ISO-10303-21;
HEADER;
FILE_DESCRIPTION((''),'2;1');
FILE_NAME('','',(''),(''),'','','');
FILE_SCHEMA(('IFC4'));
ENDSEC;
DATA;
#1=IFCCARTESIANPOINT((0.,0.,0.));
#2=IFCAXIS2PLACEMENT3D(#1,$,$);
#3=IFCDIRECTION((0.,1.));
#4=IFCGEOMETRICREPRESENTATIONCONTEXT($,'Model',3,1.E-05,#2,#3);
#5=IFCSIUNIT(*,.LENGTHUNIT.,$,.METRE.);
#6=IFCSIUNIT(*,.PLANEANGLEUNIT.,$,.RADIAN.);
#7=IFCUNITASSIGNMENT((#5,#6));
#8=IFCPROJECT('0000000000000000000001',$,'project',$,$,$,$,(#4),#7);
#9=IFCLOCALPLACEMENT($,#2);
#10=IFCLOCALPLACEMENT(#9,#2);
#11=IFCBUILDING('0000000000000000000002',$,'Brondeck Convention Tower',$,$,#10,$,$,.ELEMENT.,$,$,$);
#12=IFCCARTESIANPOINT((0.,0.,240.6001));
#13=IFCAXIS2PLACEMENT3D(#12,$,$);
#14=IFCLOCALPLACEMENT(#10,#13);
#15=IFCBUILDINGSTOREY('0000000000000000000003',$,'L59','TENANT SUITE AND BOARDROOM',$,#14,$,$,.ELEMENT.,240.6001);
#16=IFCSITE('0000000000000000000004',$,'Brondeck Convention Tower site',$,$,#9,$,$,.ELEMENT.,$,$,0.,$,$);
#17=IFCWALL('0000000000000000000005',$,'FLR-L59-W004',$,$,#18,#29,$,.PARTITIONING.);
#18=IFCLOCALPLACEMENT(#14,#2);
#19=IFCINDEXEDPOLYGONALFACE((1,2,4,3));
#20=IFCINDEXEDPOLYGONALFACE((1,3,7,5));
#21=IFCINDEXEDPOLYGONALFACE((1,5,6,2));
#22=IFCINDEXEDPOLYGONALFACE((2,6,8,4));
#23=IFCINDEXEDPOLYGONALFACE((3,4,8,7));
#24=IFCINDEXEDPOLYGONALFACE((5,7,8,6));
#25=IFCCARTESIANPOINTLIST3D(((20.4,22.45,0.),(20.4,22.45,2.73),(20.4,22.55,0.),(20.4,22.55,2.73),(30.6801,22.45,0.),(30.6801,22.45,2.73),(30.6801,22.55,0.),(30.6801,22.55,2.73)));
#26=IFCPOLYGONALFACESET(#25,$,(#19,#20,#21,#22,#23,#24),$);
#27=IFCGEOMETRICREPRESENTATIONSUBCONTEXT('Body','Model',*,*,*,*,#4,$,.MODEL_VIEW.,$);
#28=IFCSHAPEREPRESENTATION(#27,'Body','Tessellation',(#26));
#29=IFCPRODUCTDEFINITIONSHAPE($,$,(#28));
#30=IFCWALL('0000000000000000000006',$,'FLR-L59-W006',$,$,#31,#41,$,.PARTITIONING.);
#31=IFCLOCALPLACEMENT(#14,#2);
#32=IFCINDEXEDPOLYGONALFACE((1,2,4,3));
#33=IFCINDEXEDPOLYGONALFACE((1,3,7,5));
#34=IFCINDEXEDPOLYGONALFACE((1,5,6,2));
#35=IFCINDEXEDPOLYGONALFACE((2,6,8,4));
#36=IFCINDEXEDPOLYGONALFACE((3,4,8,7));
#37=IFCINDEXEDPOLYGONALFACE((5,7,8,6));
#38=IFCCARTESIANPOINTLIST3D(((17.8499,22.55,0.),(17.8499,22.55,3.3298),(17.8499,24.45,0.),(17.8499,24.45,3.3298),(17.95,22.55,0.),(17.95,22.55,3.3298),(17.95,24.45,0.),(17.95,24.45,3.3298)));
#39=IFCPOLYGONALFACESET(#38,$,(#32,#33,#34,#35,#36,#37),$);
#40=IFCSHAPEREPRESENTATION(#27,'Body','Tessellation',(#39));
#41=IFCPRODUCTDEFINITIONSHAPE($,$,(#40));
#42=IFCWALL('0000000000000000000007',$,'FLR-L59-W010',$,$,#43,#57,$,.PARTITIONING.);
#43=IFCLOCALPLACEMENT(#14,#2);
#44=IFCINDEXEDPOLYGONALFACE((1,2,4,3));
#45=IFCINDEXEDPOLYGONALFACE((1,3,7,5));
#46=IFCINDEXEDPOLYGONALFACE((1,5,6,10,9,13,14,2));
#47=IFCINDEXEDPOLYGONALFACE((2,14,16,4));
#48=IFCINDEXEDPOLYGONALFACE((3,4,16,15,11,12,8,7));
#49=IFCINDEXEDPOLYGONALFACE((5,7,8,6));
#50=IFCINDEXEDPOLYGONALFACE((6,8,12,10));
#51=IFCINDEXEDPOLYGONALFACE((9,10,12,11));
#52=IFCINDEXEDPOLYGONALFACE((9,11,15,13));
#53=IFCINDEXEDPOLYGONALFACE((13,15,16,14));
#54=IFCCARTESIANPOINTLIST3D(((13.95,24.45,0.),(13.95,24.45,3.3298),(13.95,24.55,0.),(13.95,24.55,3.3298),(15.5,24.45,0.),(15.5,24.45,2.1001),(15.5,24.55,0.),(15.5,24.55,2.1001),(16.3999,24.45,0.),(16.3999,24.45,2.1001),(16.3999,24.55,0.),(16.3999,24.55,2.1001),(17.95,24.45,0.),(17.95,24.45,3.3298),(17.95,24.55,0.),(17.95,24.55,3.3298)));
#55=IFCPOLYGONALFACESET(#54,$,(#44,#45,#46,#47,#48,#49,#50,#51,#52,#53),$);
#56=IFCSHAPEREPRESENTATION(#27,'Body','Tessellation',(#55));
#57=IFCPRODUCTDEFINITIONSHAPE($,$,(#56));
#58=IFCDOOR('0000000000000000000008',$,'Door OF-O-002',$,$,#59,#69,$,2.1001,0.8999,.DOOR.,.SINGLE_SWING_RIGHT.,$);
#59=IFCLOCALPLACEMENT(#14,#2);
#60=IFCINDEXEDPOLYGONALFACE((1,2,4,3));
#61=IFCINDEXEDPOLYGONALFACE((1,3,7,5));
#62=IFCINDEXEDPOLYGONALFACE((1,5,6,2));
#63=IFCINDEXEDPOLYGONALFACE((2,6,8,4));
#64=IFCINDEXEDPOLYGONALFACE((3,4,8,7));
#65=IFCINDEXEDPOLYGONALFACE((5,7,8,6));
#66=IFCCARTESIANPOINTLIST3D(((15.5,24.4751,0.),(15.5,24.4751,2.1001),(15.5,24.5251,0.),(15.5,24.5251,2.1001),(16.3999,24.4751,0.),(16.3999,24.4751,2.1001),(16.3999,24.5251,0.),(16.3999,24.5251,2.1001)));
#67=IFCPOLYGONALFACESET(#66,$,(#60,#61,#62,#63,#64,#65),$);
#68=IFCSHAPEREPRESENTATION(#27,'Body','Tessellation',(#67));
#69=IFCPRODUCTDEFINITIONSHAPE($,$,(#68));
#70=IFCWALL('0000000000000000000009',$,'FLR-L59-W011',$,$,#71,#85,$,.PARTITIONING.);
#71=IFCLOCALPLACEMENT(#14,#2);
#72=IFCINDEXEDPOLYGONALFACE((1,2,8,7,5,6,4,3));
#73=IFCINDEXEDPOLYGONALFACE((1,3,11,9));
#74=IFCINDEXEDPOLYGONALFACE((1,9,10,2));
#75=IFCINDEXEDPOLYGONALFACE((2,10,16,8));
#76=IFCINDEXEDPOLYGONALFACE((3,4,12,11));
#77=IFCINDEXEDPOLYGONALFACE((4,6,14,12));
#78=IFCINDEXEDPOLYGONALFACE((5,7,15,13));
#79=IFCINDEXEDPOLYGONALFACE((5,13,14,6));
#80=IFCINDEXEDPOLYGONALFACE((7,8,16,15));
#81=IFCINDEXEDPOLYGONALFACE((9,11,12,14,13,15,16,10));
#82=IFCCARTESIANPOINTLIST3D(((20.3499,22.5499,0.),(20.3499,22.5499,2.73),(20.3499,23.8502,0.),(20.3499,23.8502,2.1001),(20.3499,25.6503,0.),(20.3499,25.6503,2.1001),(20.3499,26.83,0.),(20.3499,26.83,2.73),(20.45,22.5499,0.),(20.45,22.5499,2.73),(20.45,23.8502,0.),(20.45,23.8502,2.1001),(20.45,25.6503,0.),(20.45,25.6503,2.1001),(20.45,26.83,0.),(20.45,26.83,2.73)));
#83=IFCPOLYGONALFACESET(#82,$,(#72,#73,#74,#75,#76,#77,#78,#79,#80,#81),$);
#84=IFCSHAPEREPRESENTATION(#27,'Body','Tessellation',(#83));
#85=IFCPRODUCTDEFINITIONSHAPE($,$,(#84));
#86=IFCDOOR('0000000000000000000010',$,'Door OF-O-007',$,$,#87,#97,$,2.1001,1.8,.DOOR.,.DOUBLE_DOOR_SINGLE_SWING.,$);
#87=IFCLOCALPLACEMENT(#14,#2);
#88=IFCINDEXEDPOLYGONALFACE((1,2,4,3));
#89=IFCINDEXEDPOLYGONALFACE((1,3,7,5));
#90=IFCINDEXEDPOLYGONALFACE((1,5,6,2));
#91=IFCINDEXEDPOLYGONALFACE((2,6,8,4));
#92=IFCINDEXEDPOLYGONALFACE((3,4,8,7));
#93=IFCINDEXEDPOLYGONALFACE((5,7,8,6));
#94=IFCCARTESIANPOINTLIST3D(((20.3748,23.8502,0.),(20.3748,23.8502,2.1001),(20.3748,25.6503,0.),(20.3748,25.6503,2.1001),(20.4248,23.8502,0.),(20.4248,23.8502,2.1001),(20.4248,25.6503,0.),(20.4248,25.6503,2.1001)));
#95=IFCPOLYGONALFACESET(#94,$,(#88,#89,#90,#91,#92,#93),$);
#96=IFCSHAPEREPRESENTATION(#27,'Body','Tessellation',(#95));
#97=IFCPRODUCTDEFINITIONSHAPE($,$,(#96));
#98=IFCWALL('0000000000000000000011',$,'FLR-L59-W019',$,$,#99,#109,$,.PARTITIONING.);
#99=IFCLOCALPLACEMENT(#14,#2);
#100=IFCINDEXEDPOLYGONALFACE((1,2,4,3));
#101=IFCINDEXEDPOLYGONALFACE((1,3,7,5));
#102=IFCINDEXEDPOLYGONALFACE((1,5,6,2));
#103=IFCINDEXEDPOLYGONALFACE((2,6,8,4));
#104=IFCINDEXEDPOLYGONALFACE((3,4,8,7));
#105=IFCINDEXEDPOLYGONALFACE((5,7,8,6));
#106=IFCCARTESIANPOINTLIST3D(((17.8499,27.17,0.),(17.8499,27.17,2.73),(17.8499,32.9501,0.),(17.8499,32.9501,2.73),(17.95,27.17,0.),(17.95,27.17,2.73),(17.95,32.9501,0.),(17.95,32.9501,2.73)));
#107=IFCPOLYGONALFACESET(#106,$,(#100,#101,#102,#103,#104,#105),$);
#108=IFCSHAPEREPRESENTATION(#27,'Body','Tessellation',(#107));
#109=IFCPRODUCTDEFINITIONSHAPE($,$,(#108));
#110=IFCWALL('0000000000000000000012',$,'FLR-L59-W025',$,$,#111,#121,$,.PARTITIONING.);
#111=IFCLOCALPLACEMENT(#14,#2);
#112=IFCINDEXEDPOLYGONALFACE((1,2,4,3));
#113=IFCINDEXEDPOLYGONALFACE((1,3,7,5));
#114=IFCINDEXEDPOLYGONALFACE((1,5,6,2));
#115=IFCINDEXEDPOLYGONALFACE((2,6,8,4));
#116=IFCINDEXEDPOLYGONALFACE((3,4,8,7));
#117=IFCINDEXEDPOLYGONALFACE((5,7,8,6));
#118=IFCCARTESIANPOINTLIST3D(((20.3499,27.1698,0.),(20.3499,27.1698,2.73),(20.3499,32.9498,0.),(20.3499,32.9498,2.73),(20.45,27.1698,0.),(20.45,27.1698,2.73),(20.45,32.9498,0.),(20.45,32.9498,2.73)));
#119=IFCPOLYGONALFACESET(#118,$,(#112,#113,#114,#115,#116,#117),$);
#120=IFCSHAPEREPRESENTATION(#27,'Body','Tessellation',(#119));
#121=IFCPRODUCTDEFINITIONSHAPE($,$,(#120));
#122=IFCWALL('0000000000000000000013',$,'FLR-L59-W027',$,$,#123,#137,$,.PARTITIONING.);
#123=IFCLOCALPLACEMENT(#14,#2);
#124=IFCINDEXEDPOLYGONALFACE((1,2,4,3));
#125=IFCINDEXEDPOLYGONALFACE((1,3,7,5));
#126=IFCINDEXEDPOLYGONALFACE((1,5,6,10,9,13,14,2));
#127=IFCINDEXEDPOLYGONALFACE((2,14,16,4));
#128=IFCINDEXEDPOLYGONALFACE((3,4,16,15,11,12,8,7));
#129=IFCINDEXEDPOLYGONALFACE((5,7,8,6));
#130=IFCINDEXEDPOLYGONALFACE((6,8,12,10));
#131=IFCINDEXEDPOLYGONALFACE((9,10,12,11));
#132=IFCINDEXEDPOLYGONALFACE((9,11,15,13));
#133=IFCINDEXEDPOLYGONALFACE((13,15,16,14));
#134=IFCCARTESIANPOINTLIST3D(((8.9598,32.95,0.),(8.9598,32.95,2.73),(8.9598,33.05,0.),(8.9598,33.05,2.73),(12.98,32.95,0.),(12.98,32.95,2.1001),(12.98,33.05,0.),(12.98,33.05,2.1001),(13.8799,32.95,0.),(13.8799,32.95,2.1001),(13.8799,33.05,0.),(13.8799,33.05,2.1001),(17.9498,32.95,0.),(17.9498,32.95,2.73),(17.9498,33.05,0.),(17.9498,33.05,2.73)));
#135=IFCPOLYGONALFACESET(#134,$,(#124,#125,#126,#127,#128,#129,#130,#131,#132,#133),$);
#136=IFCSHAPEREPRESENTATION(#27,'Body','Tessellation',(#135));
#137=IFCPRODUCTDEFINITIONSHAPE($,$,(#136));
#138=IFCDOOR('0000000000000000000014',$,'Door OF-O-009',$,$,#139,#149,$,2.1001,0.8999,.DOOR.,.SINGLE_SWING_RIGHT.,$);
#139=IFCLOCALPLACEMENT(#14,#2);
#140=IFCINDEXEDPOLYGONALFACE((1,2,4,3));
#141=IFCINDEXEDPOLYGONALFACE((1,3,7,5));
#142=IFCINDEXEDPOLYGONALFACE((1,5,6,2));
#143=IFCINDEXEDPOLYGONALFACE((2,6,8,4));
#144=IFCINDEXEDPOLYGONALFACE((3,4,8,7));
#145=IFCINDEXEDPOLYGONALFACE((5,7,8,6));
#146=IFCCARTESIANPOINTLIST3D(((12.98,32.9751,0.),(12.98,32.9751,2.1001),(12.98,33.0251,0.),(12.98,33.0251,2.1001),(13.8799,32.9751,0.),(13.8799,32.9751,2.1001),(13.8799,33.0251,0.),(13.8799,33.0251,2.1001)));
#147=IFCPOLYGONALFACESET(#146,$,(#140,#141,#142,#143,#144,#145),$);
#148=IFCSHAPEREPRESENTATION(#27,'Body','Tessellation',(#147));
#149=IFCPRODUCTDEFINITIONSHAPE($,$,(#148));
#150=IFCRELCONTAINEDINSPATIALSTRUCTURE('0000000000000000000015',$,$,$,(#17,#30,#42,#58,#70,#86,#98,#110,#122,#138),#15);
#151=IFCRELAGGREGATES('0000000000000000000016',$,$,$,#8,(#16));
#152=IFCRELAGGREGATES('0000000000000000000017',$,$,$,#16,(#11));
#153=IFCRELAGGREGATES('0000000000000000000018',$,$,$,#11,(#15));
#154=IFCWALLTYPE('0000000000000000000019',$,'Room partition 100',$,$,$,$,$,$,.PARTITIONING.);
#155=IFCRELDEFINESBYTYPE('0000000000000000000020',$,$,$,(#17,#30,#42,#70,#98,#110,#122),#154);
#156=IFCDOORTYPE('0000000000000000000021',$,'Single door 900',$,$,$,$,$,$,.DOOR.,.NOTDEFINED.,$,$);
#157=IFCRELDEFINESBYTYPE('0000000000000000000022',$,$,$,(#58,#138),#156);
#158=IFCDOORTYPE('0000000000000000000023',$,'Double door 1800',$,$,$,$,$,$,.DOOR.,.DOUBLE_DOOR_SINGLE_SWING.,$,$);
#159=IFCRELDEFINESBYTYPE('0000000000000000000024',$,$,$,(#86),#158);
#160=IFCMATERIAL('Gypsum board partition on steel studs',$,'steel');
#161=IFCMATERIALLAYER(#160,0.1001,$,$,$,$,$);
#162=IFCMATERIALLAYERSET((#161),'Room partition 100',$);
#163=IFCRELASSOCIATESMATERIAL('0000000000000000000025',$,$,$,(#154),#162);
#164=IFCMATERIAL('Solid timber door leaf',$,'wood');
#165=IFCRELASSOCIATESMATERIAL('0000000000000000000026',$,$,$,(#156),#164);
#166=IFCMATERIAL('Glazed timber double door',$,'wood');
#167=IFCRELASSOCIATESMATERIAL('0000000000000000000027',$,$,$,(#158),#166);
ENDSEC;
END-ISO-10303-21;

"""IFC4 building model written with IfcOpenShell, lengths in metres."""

from ifc_helpers import new_model, si_unit, direction, frame, frame_2d, origin, place, context, subcontext, project, spatial, rectangle, extrude, material, layer, layer_set, type_object, element, fill, save


model = new_model("IFC4")

# Units and contexts
model_context = context("Model", 3, precision=1e-05, world=origin(), true_north=direction((0.0, 1.0)))
body_context = subcontext(model_context, "Body", "Model", "MODEL_VIEW")
ifc_project = project(units=[si_unit("LENGTHUNIT", "METRE"), si_unit("PLANEANGLEUNIT", "RADIAN")], contexts=[model_context])

# Site, building, storey
site_placement = place(None, origin())
site = spatial("IfcSite", under=ifc_project, at=site_placement, Name="Brondeck Convention Tower site", CompositionType="ELEMENT", RefElevation=0.0)
building_placement = place(site_placement, origin())
building = spatial("IfcBuilding", under=site, at=building_placement, Name="Brondeck Convention Tower", CompositionType="ELEMENT")
storey_placement = place(building_placement, frame((0.0, 0.0, 240.6001)))
storey = spatial("IfcBuildingStorey", under=building, at=storey_placement, Name="L59", Description="TENANT SUITE AND BOARDROOM", CompositionType="ELEMENT", Elevation=240.6001)

# Shared definitions
ifc_material_1 = material(Name="Gypsum board partition on steel studs", Category="steel")
ifc_layer_1 = layer(ifc_material_1, 0.1001)
ifc_layer_set_1 = layer_set([ifc_layer_1], Name="Room partition 100")
wall_type_1 = type_object("IfcWallType", Name="Room partition 100", PredefinedType="PARTITIONING", material=ifc_layer_set_1)

# Shared definitions
ifc_material_2 = material(Name="Solid timber door leaf", Category="wood")
door_type_1 = type_object("IfcDoorType", Name="Single door 900", OperationType="NOTDEFINED", PredefinedType="DOOR", material=ifc_material_2)

# Walls
wall_1_placement = place(storey_placement, frame((20.3999, 22.5, 0.0), z_axis=(0.0, 0.0, 1.0), x_axis=(1.0, 0.0, 0.0)))
element("IfcWall", 1, at=wall_1_placement, inside=storey, type_object=wall_type_1, Name="FLR-L59-W004", PredefinedType="PARTITIONING", context=body_context, shape_type="SweptSolid", body=[
    extrude(rectangle(XDim=10.28, YDim=0.1001, at=frame_2d((5.1401, 0.0))), origin(), (0.0, 0.0, 1.0), 2.73),
])
wall_2_placement = place(storey_placement, frame((17.8999, 22.55, 0.0), z_axis=(0.0, 0.0, 1.0), x_axis=(0.0, 1.0, 0.0)))
element("IfcWall", 2, at=wall_2_placement, inside=storey, type_object=wall_type_1, Name="FLR-L59-W006", PredefinedType="PARTITIONING", context=body_context, shape_type="SweptSolid", body=[
    extrude(rectangle(XDim=1.8999, YDim=0.1001, at=frame_2d((0.95, 0.0))), origin(), (0.0, 0.0, 1.0), 3.3298),
])

# Walls, openings, doors
wall_3_placement = place(storey_placement, frame((17.95, 24.5, 0.0), z_axis=(0.0, 0.0, 1.0), x_axis=(-1.0, 0.0, 0.0)))
wall_3 = element("IfcWall", 3, at=wall_3_placement, inside=storey, type_object=wall_type_1, Name="FLR-L59-W010", PredefinedType="PARTITIONING", context=body_context, shape_type="SweptSolid", body=[
    extrude(rectangle(XDim=4.0, YDim=0.1001, at=frame_2d((2.0, 0.0))), origin(), (0.0, 0.0, 1.0), 3.3298),
])
opening_1_placement = place(wall_3_placement, frame((1.55, 0.0, 0.0)))
opening_1 = element("IfcOpeningElement", 4, at=opening_1_placement, cuts=wall_3, PredefinedType="OPENING", context=body_context, shape_type="SweptSolid", body=[
    extrude(rectangle(XDim=0.8999, YDim=2.1001, at=frame_2d((0.45, 1.05))), frame((0.0, 0.0601, 0.0), z_axis=(0.0, -1.0, 0.0), x_axis=(1.0, 0.0, 0.0)), (0.0, 0.0, 1.0), 0.1201),
])
door_1_placement = place(opening_1_placement, origin())
door_1 = element("IfcDoor", 5, at=door_1_placement, inside=storey, type_object=door_type_1, Name="Door OF-O-002", OperationType="SINGLE_SWING_RIGHT", OverallHeight=2.1001, OverallWidth=0.8999, PredefinedType="DOOR", context=body_context, shape_type="SweptSolid", body=[
    extrude(rectangle(XDim=0.8999, YDim=2.1001, at=frame_2d((0.45, 1.05))), frame((0.0, 0.0249, 0.0), z_axis=(0.0, -1.0, 0.0), x_axis=(1.0, 0.0, 0.0)), (0.0, 0.0, 1.0), 0.05),
])
fill(opening_1, door_1)
wall_4_placement = place(storey_placement, frame((20.3999, 26.8301, 0.0), z_axis=(0.0, 0.0, 1.0), x_axis=(0.0, -1.0, 0.0)))
wall_4 = element("IfcWall", 6, at=wall_4_placement, inside=storey, type_object=wall_type_1, Name="FLR-L59-W011", PredefinedType="PARTITIONING", context=body_context, shape_type="SweptSolid", body=[
    extrude(rectangle(XDim=4.28, YDim=0.1001, at=frame_2d((2.1401, 0.0))), origin(), (0.0, 0.0, 1.0), 2.73),
])
opening_2_placement = place(wall_4_placement, frame((1.1799, 0.0, 0.0)))
opening_2 = element("IfcOpeningElement", 7, at=opening_2_placement, cuts=wall_4, PredefinedType="OPENING", context=body_context, shape_type="SweptSolid", body=[
    extrude(rectangle(XDim=1.8, YDim=2.1001, at=frame_2d((0.8999, 1.05))), frame((0.0, 0.0601, 0.0), z_axis=(0.0, -1.0, 0.0), x_axis=(1.0, 0.0, 0.0)), (0.0, 0.0, 1.0), 0.1201),
])
ifc_material_3 = material(Name="Glazed timber double door", Category="wood")
door_type_2 = type_object("IfcDoorType", Name="Double door 1800", OperationType="DOUBLE_DOOR_SINGLE_SWING", PredefinedType="DOOR", material=ifc_material_3)
door_2_placement = place(opening_2_placement, origin())
door_2 = element("IfcDoor", 8, at=door_2_placement, inside=storey, type_object=door_type_2, Name="Door OF-O-007", OperationType="DOUBLE_DOOR_SINGLE_SWING", OverallHeight=2.1001, OverallWidth=1.8, PredefinedType="DOOR", context=body_context, shape_type="SweptSolid", body=[
    extrude(rectangle(XDim=1.8, YDim=2.1001, at=frame_2d((0.8999, 1.05))), frame((0.0, 0.0249, 0.0), z_axis=(0.0, -1.0, 0.0), x_axis=(1.0, 0.0, 0.0)), (0.0, 0.0, 1.0), 0.05),
])
fill(opening_2, door_2)

# Walls
for number, where, z_axis, x_axis, name in (
    (9, (17.8999, 27.1699, 0.0), (0.0, 0.0, 1.0), (0.0, 1.0, 0.0), "FLR-L59-W019"),
    (10, (20.3999, 32.95, 0.0), (0.0, 0.0, 1.0), (0.0, -1.0, 0.0), "FLR-L59-W025"),
):
    element("IfcWall", number, at=place(storey_placement, frame(where, z_axis=z_axis, x_axis=x_axis)), inside=storey, type_object=wall_type_1, Name=name, PredefinedType="PARTITIONING", context=body_context, shape_type="SweptSolid", body=[
        extrude(rectangle(XDim=5.78, YDim=0.1001, at=frame_2d((2.8901, 0.0))), origin(), (0.0, 0.0, 1.0), 2.73),
    ])

# Wall, opening, door
wall_5_placement = place(storey_placement, frame((17.95, 33.0, 0.0), z_axis=(0.0, 0.0, 1.0), x_axis=(-1.0, 0.0, 0.0)))
wall_5 = element("IfcWall", 11, at=wall_5_placement, inside=storey, type_object=wall_type_1, Name="FLR-L59-W027", PredefinedType="PARTITIONING", context=body_context, shape_type="SweptSolid", body=[
    extrude(rectangle(XDim=8.99, YDim=0.1001, at=frame_2d((4.4951, 0.0))), origin(), (0.0, 0.0, 1.0), 2.73),
])
opening_3_placement = place(wall_5_placement, frame((4.0701, 0.0, 0.0)))
opening_3 = element("IfcOpeningElement", 12, at=opening_3_placement, cuts=wall_5, PredefinedType="OPENING", context=body_context, shape_type="SweptSolid", body=[
    extrude(rectangle(XDim=0.8999, YDim=2.1001, at=frame_2d((0.45, 1.05))), frame((0.0, 0.0601, 0.0), z_axis=(0.0, -1.0, 0.0), x_axis=(1.0, 0.0, 0.0)), (0.0, 0.0, 1.0), 0.1201),
])
door_3_placement = place(opening_3_placement, origin())
door_3 = element("IfcDoor", 13, at=door_3_placement, inside=storey, type_object=door_type_1, Name="Door OF-O-009", OperationType="SINGLE_SWING_RIGHT", OverallHeight=2.1001, OverallWidth=0.8999, PredefinedType="DOOR", context=body_context, shape_type="SweptSolid", body=[
    extrude(rectangle(XDim=0.8999, YDim=2.1001, at=frame_2d((0.45, 1.05))), frame((0.0, 0.0249, 0.0), z_axis=(0.0, -1.0, 0.0), x_axis=(1.0, 0.0, 0.0)), (0.0, 0.0, 1.0), 0.05),
])
fill(opening_3, door_3)

save(model, "model.ifc")
